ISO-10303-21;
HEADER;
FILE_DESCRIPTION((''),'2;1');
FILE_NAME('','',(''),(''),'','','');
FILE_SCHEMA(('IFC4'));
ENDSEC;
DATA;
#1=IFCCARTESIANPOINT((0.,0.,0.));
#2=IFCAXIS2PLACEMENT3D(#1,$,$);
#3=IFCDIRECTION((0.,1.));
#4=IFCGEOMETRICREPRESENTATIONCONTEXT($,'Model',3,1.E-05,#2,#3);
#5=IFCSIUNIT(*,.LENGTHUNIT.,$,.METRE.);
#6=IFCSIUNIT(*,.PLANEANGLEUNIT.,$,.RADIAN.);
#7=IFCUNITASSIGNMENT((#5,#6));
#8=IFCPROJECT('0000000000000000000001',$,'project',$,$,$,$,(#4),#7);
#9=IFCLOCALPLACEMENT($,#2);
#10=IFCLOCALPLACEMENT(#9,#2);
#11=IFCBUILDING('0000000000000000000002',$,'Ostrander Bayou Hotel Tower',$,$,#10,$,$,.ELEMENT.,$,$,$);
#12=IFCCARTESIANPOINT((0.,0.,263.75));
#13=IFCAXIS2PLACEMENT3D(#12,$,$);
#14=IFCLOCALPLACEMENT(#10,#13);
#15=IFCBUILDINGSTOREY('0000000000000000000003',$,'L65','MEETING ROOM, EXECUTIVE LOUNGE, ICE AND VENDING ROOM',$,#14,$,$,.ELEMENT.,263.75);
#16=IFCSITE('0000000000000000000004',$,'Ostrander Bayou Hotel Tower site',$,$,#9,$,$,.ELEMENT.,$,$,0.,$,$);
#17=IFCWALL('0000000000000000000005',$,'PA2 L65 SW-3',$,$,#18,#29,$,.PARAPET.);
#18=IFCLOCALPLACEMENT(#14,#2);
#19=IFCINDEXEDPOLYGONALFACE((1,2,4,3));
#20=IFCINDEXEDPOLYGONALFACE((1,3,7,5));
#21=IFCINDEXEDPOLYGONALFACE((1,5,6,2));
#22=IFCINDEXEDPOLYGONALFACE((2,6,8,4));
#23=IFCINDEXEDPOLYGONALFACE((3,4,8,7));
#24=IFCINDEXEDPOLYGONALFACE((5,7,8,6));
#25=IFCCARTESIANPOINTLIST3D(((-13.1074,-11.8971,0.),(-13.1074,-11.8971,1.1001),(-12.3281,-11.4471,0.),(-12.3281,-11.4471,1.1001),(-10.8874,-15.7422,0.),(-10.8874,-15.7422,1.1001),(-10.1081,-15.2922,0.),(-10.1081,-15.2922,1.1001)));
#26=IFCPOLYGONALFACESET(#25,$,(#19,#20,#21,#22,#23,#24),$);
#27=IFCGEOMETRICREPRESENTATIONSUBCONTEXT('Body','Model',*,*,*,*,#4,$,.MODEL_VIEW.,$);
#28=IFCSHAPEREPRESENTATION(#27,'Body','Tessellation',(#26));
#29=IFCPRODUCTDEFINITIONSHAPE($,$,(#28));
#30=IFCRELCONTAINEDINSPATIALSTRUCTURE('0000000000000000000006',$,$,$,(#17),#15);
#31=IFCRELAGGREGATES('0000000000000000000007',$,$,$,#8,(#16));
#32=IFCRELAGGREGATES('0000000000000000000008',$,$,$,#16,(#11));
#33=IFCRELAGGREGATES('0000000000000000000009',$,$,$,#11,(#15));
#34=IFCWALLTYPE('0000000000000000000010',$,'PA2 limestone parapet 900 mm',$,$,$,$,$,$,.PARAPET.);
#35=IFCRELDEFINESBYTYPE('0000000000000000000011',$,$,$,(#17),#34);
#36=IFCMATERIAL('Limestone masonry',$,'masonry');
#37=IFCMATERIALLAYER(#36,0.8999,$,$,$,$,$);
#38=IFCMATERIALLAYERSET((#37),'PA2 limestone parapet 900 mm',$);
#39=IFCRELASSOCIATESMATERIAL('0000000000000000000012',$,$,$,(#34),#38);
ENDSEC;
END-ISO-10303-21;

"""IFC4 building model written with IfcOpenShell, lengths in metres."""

from ifc_helpers import new_model, si_unit, direction, frame, frame_2d, origin, place, context, subcontext, project, spatial, rectangle, extrude, material, layer, layer_set, type_object, element, save


model = new_model("IFC4")

# Units and contexts
model_context = context("Model", 3, precision=1e-05, world=origin(), true_north=direction((0.0, 1.0)))
body_context = subcontext(model_context, "Body", "Model", "MODEL_VIEW")
ifc_project = project(units=[si_unit("LENGTHUNIT", "METRE"), si_unit("PLANEANGLEUNIT", "RADIAN")], contexts=[model_context])

# Site, building, storey
site_placement = place(None, origin())
site = spatial("IfcSite", under=ifc_project, at=site_placement, Name="Ostrander Bayou Hotel Tower site", CompositionType="ELEMENT", RefElevation=0.0)
building_placement = place(site_placement, origin())
building = spatial("IfcBuilding", under=site, at=building_placement, Name="Ostrander Bayou Hotel Tower", CompositionType="ELEMENT")
storey_placement = place(building_placement, frame((0.0, 0.0, 263.75)))
storey = spatial("IfcBuildingStorey", under=building, at=storey_placement, Name="L65", Description="MEETING ROOM, EXECUTIVE LOUNGE, ICE AND VENDING ROOM", CompositionType="ELEMENT", Elevation=263.75)

# Wall
ifc_material_1 = material(Name="Limestone masonry", Category="masonry")
ifc_layer_1 = layer(ifc_material_1, 0.8999)
ifc_layer_set_1 = layer_set([ifc_layer_1], Name="PA2 limestone parapet 900 mm")
wall_type_1 = type_object("IfcWallType", Name="PA2 limestone parapet 900 mm", PredefinedType="PARAPET", material=ifc_layer_set_1)
wall_1_placement = place(storey_placement, frame((-12.7178, -11.6721, 0.0), z_axis=(0.0, 0.0, 1.0), x_axis=(0.500013, -0.866018, 0.0)))
element("IfcWall", 1, at=wall_1_placement, inside=storey, type_object=wall_type_1, Name="PA2 L65 SW-3", PredefinedType="PARAPET", context=body_context, shape_type="SweptSolid", body=[
    extrude(rectangle(XDim=4.4399, YDim=0.8999, at=frame_2d((2.22, 0.0))), origin(), (0.0, 0.0, 1.0), 1.1001),
])

save(model, "model.ifc")
